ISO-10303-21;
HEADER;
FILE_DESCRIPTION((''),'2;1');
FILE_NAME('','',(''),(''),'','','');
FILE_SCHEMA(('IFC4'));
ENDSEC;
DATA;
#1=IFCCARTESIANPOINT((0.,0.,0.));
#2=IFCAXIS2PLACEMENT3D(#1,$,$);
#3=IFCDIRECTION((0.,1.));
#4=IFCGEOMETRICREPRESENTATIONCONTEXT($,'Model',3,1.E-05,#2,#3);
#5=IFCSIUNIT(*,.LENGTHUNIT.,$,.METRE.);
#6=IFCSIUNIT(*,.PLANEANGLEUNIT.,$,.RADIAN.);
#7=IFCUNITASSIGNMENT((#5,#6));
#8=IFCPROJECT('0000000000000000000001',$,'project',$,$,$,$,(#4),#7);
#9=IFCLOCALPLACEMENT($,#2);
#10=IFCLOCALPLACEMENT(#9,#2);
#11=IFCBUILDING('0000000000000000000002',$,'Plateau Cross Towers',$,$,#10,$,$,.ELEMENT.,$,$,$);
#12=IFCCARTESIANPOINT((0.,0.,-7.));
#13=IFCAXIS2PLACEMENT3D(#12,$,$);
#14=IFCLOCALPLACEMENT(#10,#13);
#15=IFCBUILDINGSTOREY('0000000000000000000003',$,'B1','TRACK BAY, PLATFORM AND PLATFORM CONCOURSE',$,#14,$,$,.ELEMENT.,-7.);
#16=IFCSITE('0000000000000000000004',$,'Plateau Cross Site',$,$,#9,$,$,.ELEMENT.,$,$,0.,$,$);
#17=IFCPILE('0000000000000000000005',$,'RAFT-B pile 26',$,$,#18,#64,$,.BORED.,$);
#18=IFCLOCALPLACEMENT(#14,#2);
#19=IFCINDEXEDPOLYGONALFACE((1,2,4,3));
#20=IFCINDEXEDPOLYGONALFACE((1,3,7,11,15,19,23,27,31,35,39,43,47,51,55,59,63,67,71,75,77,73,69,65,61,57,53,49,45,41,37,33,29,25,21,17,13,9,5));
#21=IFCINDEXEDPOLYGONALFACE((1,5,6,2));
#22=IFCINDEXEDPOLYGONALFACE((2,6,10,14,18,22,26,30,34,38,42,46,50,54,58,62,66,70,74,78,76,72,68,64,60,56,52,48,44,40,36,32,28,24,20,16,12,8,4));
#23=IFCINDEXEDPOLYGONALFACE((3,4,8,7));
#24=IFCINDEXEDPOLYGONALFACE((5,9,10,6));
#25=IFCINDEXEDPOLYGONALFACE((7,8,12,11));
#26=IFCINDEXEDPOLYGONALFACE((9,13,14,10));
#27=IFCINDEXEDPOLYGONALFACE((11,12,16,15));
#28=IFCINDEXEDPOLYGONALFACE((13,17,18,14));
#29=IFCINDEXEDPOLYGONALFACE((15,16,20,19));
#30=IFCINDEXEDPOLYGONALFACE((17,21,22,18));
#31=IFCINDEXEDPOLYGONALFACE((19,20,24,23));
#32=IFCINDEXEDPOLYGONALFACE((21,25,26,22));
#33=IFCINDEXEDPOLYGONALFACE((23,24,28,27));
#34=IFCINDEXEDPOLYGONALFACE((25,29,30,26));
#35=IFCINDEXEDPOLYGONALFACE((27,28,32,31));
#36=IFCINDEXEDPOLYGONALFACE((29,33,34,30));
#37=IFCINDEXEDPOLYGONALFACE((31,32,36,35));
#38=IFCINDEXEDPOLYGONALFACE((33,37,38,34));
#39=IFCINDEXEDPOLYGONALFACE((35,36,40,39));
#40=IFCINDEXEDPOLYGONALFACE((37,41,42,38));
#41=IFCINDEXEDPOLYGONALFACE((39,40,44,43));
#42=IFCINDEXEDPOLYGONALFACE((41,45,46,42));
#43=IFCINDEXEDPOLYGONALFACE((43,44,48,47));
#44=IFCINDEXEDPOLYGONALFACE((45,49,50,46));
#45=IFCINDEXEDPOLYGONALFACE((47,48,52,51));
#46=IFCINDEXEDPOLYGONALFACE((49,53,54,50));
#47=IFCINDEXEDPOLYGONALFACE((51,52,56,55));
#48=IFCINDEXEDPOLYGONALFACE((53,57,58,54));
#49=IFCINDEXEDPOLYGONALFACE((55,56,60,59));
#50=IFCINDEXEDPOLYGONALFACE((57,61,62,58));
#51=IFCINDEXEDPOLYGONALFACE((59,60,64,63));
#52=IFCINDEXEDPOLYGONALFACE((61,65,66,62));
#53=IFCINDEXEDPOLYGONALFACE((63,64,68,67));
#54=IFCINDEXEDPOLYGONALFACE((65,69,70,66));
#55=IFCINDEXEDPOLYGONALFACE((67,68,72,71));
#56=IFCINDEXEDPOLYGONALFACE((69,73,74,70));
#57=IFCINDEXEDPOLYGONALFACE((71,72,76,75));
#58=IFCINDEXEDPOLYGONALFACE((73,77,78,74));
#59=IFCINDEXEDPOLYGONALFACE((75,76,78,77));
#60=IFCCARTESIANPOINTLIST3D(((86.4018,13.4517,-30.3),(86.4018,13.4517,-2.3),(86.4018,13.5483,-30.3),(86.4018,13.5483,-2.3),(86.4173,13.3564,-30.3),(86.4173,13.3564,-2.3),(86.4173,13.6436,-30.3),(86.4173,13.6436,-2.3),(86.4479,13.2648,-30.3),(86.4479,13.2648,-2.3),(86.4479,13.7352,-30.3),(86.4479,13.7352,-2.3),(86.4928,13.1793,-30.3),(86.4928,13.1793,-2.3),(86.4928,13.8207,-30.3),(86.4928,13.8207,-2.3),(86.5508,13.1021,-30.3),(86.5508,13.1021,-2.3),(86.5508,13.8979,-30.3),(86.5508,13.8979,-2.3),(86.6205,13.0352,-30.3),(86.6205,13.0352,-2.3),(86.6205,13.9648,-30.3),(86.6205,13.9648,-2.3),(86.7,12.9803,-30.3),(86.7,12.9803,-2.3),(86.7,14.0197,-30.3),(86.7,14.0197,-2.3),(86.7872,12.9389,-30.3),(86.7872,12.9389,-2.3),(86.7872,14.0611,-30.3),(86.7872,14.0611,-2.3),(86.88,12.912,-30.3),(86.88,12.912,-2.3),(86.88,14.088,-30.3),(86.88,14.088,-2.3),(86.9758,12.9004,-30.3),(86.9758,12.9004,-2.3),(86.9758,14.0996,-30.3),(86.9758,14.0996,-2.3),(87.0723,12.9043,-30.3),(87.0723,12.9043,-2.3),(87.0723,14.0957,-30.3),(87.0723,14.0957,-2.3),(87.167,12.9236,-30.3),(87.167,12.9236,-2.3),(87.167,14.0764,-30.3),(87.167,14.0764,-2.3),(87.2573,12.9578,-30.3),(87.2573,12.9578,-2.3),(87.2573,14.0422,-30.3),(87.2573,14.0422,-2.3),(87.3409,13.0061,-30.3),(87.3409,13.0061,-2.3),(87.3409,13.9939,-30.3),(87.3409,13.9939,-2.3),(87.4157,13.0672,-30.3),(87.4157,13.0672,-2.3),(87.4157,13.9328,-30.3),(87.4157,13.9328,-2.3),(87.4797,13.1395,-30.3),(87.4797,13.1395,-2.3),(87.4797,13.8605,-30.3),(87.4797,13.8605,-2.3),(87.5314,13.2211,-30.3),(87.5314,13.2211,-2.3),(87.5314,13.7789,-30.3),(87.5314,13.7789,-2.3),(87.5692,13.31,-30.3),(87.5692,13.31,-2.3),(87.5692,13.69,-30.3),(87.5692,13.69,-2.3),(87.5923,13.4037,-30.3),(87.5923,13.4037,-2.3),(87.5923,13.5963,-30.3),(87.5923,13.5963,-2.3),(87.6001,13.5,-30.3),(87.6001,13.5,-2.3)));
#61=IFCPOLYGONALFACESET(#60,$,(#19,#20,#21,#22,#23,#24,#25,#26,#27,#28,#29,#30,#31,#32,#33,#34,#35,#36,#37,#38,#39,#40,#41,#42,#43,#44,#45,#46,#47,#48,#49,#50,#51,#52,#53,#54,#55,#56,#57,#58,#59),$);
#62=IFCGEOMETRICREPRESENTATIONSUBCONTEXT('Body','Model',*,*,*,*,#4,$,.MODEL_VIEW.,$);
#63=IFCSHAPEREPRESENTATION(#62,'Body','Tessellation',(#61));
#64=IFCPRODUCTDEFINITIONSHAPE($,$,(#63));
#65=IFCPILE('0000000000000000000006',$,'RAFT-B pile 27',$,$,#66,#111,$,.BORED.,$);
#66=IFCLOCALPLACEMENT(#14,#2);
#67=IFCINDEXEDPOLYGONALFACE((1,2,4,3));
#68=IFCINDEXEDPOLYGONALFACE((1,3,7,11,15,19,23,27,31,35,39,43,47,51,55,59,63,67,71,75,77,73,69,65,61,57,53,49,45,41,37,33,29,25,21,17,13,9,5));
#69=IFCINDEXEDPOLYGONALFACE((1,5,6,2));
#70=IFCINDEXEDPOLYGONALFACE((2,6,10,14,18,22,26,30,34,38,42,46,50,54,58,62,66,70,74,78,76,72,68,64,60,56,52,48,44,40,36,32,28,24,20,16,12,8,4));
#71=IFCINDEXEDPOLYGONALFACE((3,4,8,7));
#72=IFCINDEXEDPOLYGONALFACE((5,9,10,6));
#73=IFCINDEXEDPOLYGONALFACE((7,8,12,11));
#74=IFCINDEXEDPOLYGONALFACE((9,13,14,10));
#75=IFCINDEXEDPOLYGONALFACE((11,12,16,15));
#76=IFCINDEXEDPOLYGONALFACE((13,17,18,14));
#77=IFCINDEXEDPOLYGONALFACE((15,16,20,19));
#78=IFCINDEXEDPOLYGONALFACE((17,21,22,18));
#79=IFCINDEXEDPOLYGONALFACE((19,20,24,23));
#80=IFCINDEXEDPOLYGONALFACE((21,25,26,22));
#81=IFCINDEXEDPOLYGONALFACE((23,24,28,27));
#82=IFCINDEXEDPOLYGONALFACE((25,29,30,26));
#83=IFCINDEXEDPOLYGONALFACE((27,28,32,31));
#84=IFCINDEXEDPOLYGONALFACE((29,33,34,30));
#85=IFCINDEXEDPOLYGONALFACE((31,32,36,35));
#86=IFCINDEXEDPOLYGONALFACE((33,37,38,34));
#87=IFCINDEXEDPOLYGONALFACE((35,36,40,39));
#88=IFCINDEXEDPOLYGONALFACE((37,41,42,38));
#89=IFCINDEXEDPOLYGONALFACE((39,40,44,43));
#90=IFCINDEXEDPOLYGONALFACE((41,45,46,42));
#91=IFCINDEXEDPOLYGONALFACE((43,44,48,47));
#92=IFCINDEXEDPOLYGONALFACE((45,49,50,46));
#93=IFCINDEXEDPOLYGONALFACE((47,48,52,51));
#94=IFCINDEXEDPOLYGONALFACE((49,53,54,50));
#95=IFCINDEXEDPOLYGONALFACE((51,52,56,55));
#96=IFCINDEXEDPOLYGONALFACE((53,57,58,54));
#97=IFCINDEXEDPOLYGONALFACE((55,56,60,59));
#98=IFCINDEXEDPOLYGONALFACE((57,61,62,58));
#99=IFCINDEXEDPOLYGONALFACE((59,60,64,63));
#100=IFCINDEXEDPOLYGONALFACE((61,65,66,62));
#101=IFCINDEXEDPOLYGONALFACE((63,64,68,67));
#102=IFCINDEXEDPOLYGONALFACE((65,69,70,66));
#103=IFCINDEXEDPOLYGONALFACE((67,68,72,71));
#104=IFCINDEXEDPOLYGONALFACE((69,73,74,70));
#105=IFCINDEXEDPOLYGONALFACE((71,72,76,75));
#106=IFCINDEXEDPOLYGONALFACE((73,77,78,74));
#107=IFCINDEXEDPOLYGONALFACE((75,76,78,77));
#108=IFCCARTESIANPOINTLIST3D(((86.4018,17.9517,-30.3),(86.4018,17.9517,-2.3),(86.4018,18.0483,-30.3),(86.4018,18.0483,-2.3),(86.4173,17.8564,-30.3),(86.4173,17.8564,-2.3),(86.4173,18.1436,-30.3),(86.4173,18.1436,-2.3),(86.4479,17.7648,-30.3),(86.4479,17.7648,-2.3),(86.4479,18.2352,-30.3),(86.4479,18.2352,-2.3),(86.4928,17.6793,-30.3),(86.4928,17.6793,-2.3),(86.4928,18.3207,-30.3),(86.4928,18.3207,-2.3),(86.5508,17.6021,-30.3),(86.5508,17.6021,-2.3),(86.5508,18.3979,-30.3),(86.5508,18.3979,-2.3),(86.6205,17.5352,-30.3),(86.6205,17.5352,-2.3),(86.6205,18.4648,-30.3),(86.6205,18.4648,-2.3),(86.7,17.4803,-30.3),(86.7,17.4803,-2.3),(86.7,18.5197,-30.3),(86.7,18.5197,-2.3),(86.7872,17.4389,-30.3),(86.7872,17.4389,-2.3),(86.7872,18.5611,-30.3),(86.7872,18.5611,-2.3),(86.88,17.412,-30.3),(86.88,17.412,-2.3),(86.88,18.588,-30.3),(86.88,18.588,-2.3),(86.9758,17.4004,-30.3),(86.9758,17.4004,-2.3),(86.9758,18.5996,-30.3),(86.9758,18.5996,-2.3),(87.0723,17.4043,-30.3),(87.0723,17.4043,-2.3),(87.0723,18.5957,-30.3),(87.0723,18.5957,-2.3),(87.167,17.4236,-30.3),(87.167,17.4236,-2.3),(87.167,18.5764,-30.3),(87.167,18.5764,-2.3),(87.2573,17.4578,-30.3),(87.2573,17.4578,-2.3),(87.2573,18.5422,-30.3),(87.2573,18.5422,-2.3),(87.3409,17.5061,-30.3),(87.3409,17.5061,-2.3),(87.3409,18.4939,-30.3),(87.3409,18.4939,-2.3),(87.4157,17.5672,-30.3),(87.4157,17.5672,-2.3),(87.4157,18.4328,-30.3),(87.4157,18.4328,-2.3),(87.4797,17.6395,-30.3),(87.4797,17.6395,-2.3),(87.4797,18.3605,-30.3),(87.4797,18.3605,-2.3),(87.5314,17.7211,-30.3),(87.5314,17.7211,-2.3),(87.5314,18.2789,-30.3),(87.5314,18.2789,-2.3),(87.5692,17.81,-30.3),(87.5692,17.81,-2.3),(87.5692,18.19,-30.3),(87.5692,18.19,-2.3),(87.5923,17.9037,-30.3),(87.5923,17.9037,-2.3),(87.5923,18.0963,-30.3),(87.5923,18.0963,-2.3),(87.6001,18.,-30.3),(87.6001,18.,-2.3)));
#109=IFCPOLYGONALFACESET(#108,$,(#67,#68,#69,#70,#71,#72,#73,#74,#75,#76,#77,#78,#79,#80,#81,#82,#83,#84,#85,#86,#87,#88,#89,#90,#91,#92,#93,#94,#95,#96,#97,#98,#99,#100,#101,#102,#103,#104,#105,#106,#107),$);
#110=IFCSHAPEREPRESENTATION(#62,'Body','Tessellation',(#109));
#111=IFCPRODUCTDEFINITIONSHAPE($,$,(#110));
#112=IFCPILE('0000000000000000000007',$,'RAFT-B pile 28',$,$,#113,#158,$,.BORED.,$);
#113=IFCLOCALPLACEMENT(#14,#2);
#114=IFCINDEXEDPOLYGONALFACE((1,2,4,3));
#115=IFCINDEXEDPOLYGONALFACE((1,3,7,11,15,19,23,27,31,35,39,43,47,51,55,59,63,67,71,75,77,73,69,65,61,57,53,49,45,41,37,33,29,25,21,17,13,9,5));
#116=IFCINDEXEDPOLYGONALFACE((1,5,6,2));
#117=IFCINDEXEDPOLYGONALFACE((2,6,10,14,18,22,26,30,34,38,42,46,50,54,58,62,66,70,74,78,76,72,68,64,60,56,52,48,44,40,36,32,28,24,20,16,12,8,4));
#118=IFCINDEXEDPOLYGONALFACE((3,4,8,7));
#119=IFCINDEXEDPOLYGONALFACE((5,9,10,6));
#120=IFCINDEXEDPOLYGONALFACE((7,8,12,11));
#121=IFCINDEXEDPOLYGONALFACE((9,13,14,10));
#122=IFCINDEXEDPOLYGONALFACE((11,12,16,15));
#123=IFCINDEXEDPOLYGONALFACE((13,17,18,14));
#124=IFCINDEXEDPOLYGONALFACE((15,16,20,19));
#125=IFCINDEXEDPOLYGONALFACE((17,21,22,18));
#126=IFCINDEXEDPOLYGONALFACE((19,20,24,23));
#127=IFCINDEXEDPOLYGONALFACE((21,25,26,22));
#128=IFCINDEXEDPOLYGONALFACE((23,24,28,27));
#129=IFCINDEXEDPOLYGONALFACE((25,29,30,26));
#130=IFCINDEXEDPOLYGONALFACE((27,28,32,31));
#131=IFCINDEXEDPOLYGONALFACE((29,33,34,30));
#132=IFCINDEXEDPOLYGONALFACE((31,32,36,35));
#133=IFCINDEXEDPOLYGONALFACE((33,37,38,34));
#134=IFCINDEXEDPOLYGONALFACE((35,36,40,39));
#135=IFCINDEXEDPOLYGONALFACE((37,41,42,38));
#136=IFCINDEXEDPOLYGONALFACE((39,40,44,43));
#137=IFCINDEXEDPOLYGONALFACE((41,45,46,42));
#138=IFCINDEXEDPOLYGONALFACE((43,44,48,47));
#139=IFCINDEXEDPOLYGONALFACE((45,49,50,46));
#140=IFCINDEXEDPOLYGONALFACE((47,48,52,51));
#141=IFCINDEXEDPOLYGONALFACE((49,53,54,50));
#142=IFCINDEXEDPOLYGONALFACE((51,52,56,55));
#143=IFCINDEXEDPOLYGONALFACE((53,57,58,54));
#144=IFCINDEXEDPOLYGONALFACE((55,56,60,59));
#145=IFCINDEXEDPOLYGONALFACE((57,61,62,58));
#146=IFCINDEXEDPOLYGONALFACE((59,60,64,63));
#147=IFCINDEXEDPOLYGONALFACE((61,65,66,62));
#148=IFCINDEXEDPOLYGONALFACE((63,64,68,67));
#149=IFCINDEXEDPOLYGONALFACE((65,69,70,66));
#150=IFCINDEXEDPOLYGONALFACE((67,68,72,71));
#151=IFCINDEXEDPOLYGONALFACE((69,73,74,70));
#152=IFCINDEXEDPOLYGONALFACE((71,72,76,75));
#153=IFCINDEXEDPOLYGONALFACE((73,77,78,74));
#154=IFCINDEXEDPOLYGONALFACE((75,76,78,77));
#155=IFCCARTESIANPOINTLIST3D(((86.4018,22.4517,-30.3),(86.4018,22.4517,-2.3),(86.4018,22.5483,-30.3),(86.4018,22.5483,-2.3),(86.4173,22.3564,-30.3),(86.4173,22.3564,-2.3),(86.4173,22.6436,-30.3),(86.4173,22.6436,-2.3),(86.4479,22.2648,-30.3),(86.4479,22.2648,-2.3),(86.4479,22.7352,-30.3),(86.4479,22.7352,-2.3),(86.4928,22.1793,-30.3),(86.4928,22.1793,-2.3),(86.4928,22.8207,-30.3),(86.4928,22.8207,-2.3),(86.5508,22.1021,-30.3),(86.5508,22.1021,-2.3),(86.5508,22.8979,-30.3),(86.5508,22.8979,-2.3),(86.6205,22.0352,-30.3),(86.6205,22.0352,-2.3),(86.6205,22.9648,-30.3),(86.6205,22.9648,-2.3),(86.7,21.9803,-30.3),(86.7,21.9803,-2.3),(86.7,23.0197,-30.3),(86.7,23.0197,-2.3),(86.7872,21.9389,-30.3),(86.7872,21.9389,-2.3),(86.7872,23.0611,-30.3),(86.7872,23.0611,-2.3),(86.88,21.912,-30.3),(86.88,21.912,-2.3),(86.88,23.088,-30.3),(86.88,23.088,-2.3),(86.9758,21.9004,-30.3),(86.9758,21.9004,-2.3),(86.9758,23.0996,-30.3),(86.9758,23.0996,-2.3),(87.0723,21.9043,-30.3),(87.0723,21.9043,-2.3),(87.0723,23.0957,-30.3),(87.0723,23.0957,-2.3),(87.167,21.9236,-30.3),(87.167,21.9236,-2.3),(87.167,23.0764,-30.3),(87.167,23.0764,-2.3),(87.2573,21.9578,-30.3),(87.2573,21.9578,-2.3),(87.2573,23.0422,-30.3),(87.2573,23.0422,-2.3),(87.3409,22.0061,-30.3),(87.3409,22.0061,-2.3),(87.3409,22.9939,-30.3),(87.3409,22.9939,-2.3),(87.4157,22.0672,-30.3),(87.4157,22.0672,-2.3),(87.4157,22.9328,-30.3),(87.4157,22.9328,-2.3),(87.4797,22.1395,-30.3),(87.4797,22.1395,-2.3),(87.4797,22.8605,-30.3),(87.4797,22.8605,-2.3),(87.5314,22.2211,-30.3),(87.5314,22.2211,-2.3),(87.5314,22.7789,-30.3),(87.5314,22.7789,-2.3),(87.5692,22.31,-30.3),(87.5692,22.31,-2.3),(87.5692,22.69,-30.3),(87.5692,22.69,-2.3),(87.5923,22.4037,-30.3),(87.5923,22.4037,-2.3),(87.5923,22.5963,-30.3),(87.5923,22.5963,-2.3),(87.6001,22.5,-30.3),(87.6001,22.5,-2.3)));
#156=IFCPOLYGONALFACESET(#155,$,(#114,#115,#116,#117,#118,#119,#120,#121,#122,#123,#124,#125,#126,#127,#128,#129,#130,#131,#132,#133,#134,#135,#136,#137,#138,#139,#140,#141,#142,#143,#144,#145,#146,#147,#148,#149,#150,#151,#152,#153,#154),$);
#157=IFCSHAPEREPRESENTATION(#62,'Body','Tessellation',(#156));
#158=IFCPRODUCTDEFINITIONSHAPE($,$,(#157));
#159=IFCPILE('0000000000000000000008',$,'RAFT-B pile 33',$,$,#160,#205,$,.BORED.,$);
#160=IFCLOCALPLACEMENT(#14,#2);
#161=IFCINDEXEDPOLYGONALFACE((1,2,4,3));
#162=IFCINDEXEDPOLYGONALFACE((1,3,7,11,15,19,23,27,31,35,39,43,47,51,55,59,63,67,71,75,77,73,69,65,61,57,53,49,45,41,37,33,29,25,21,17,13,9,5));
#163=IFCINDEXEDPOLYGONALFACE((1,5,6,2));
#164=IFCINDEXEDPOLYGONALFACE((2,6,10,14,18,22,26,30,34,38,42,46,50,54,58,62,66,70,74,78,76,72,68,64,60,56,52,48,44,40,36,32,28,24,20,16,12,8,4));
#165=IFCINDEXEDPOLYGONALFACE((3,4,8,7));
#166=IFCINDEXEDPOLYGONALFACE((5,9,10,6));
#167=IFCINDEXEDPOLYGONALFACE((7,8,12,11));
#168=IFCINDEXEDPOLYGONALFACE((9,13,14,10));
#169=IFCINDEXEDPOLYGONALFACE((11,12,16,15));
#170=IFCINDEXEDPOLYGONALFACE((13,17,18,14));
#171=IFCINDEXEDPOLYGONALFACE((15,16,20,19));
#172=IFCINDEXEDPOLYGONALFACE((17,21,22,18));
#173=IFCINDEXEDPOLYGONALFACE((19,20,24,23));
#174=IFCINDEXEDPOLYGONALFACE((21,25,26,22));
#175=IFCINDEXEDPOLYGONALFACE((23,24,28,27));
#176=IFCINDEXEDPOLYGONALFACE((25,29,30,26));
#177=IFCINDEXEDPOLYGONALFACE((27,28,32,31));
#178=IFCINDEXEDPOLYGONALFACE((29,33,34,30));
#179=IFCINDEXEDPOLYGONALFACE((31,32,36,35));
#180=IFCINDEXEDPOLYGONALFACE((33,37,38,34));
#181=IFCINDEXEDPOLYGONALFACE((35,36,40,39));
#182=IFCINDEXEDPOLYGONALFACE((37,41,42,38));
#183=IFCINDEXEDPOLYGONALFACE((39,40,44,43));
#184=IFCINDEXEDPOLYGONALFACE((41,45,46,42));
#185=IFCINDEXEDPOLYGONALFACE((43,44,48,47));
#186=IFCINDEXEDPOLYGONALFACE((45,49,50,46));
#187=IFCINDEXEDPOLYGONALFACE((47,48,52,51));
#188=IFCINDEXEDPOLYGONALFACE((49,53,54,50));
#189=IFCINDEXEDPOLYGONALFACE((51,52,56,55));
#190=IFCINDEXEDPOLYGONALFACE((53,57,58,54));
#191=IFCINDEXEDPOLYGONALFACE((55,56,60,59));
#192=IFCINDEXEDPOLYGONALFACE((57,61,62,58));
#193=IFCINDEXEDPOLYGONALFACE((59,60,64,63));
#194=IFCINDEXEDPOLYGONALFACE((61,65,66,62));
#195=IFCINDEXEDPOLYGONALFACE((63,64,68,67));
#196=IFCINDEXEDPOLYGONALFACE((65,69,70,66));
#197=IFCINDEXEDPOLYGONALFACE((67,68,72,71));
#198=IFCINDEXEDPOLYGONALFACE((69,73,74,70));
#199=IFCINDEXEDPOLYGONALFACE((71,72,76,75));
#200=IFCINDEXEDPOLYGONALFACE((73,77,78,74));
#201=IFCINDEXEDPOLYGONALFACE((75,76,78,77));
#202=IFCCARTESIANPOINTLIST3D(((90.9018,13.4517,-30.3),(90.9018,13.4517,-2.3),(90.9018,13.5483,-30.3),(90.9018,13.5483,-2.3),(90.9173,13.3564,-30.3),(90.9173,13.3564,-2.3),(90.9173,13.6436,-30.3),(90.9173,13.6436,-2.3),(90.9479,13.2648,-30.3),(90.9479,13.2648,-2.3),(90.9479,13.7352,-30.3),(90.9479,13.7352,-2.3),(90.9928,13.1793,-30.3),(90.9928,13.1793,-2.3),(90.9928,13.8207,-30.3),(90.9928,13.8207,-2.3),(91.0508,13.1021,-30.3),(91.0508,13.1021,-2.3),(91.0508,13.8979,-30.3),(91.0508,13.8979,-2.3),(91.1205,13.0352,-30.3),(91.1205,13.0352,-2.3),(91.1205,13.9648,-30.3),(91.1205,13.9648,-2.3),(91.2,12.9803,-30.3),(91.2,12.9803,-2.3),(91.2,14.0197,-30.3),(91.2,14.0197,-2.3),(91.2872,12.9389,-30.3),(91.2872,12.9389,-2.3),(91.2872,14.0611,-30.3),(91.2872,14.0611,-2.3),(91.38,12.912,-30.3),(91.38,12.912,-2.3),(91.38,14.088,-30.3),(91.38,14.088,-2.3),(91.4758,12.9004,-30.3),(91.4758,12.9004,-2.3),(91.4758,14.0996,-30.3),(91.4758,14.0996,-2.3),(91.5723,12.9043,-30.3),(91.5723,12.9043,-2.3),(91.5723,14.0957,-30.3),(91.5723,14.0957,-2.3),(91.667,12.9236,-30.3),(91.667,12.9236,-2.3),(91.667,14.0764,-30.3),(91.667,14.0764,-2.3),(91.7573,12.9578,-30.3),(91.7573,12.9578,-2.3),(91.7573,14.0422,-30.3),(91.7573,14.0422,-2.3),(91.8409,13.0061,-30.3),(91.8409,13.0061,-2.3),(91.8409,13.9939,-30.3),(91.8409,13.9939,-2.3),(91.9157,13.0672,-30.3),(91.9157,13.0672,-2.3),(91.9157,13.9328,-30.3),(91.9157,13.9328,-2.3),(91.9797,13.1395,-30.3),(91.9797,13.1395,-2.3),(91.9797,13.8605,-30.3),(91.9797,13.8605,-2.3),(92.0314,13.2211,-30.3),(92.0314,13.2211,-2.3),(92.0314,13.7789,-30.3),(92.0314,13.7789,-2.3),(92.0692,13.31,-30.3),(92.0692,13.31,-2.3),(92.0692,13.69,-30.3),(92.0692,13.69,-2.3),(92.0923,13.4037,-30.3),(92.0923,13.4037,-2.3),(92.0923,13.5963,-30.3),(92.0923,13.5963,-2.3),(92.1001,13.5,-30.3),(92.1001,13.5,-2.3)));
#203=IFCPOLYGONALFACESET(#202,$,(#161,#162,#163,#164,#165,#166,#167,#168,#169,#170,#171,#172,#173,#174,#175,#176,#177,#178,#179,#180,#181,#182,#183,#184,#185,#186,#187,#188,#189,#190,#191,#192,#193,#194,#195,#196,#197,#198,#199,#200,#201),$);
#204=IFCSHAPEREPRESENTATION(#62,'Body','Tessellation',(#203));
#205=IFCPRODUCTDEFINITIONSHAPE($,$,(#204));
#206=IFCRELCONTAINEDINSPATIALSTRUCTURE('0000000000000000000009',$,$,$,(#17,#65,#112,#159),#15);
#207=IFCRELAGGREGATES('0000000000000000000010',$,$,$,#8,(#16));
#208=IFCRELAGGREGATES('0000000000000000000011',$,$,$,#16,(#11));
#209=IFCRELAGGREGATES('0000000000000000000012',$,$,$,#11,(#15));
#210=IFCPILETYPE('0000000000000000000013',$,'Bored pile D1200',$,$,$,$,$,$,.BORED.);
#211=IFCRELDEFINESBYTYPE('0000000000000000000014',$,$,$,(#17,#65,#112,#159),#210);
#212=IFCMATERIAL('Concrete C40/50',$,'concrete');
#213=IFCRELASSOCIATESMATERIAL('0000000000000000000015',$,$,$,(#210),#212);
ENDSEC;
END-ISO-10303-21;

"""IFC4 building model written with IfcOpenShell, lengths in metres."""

from ifc_helpers import new_model, si_unit, direction, frame, origin, origin_2d, place, context, subcontext, project, spatial, circle, extrude, material, material_profile, profile_set, type_object, element, save


model = new_model("IFC4")

# Units and contexts
model_context = context("Model", 3, precision=1e-05, world=origin(), true_north=direction((0.0, 1.0)))
body_context = subcontext(model_context, "Body", "Model", "MODEL_VIEW")
ifc_project = project(units=[si_unit("LENGTHUNIT", "METRE"), si_unit("PLANEANGLEUNIT", "RADIAN")], contexts=[model_context])

# Site, building, storey
site_placement = place(None, origin())
site = spatial("IfcSite", under=ifc_project, at=site_placement, Name="Plateau Cross Site", CompositionType="ELEMENT", RefElevation=0.0)
building_placement = place(site_placement, origin())
building = spatial("IfcBuilding", under=site, at=building_placement, Name="Plateau Cross Towers", CompositionType="ELEMENT")
storey_placement = place(building_placement, frame((0.0, 0.0, -7.0)))
storey = spatial("IfcBuildingStorey", under=building, at=storey_placement, Name="B1", Description="TRACK BAY, PLATFORM AND PLATFORM CONCOURSE", CompositionType="ELEMENT", Elevation=-7.0)

# Piles
ifc_material_1 = material(Name="Concrete C40/50", Category="concrete")
ifc_material_profile_1 = material_profile(ifc_material_1, circle(Radius=0.6001, at=origin_2d()), Name="Bored pile D1200")
ifc_profile_set_1 = profile_set([ifc_material_profile_1], Name="Concrete C40/50")
pile_type = type_object("IfcPileType", Name="Bored pile D1200", PredefinedType="BORED", material=ifc_profile_set_1)
for number, where, z_axis, x_axis, name in (
    (1, (87.0, 13.5, -2.3), (0.0, 0.0, -1.0), (1.0, 0.0, 0.0), "RAFT-B pile 26"),
    (2, (87.0, 18.0, -2.3), (0.0, 0.0, -1.0), (1.0, 0.0, 0.0), "RAFT-B pile 27"),
    (3, (87.0, 22.5, -2.3), (0.0, 0.0, -1.0), (1.0, 0.0, 0.0), "RAFT-B pile 28"),
    (4, (91.5, 13.5, -2.3), (0.0, 0.0, -1.0), (1.0, 0.0, 0.0), "RAFT-B pile 33"),
):
    element("IfcPile", number, at=place(storey_placement, frame(where, z_axis=z_axis, x_axis=x_axis)), inside=storey, type_object=pile_type, Name=name, PredefinedType="BORED", context=body_context, shape_type="SweptSolid", body=[
        extrude(circle(Radius=0.6001, at=origin_2d()), origin(), (0.0, 0.0, 1.0), 28.0),
    ])

save(model, "model.ifc")
